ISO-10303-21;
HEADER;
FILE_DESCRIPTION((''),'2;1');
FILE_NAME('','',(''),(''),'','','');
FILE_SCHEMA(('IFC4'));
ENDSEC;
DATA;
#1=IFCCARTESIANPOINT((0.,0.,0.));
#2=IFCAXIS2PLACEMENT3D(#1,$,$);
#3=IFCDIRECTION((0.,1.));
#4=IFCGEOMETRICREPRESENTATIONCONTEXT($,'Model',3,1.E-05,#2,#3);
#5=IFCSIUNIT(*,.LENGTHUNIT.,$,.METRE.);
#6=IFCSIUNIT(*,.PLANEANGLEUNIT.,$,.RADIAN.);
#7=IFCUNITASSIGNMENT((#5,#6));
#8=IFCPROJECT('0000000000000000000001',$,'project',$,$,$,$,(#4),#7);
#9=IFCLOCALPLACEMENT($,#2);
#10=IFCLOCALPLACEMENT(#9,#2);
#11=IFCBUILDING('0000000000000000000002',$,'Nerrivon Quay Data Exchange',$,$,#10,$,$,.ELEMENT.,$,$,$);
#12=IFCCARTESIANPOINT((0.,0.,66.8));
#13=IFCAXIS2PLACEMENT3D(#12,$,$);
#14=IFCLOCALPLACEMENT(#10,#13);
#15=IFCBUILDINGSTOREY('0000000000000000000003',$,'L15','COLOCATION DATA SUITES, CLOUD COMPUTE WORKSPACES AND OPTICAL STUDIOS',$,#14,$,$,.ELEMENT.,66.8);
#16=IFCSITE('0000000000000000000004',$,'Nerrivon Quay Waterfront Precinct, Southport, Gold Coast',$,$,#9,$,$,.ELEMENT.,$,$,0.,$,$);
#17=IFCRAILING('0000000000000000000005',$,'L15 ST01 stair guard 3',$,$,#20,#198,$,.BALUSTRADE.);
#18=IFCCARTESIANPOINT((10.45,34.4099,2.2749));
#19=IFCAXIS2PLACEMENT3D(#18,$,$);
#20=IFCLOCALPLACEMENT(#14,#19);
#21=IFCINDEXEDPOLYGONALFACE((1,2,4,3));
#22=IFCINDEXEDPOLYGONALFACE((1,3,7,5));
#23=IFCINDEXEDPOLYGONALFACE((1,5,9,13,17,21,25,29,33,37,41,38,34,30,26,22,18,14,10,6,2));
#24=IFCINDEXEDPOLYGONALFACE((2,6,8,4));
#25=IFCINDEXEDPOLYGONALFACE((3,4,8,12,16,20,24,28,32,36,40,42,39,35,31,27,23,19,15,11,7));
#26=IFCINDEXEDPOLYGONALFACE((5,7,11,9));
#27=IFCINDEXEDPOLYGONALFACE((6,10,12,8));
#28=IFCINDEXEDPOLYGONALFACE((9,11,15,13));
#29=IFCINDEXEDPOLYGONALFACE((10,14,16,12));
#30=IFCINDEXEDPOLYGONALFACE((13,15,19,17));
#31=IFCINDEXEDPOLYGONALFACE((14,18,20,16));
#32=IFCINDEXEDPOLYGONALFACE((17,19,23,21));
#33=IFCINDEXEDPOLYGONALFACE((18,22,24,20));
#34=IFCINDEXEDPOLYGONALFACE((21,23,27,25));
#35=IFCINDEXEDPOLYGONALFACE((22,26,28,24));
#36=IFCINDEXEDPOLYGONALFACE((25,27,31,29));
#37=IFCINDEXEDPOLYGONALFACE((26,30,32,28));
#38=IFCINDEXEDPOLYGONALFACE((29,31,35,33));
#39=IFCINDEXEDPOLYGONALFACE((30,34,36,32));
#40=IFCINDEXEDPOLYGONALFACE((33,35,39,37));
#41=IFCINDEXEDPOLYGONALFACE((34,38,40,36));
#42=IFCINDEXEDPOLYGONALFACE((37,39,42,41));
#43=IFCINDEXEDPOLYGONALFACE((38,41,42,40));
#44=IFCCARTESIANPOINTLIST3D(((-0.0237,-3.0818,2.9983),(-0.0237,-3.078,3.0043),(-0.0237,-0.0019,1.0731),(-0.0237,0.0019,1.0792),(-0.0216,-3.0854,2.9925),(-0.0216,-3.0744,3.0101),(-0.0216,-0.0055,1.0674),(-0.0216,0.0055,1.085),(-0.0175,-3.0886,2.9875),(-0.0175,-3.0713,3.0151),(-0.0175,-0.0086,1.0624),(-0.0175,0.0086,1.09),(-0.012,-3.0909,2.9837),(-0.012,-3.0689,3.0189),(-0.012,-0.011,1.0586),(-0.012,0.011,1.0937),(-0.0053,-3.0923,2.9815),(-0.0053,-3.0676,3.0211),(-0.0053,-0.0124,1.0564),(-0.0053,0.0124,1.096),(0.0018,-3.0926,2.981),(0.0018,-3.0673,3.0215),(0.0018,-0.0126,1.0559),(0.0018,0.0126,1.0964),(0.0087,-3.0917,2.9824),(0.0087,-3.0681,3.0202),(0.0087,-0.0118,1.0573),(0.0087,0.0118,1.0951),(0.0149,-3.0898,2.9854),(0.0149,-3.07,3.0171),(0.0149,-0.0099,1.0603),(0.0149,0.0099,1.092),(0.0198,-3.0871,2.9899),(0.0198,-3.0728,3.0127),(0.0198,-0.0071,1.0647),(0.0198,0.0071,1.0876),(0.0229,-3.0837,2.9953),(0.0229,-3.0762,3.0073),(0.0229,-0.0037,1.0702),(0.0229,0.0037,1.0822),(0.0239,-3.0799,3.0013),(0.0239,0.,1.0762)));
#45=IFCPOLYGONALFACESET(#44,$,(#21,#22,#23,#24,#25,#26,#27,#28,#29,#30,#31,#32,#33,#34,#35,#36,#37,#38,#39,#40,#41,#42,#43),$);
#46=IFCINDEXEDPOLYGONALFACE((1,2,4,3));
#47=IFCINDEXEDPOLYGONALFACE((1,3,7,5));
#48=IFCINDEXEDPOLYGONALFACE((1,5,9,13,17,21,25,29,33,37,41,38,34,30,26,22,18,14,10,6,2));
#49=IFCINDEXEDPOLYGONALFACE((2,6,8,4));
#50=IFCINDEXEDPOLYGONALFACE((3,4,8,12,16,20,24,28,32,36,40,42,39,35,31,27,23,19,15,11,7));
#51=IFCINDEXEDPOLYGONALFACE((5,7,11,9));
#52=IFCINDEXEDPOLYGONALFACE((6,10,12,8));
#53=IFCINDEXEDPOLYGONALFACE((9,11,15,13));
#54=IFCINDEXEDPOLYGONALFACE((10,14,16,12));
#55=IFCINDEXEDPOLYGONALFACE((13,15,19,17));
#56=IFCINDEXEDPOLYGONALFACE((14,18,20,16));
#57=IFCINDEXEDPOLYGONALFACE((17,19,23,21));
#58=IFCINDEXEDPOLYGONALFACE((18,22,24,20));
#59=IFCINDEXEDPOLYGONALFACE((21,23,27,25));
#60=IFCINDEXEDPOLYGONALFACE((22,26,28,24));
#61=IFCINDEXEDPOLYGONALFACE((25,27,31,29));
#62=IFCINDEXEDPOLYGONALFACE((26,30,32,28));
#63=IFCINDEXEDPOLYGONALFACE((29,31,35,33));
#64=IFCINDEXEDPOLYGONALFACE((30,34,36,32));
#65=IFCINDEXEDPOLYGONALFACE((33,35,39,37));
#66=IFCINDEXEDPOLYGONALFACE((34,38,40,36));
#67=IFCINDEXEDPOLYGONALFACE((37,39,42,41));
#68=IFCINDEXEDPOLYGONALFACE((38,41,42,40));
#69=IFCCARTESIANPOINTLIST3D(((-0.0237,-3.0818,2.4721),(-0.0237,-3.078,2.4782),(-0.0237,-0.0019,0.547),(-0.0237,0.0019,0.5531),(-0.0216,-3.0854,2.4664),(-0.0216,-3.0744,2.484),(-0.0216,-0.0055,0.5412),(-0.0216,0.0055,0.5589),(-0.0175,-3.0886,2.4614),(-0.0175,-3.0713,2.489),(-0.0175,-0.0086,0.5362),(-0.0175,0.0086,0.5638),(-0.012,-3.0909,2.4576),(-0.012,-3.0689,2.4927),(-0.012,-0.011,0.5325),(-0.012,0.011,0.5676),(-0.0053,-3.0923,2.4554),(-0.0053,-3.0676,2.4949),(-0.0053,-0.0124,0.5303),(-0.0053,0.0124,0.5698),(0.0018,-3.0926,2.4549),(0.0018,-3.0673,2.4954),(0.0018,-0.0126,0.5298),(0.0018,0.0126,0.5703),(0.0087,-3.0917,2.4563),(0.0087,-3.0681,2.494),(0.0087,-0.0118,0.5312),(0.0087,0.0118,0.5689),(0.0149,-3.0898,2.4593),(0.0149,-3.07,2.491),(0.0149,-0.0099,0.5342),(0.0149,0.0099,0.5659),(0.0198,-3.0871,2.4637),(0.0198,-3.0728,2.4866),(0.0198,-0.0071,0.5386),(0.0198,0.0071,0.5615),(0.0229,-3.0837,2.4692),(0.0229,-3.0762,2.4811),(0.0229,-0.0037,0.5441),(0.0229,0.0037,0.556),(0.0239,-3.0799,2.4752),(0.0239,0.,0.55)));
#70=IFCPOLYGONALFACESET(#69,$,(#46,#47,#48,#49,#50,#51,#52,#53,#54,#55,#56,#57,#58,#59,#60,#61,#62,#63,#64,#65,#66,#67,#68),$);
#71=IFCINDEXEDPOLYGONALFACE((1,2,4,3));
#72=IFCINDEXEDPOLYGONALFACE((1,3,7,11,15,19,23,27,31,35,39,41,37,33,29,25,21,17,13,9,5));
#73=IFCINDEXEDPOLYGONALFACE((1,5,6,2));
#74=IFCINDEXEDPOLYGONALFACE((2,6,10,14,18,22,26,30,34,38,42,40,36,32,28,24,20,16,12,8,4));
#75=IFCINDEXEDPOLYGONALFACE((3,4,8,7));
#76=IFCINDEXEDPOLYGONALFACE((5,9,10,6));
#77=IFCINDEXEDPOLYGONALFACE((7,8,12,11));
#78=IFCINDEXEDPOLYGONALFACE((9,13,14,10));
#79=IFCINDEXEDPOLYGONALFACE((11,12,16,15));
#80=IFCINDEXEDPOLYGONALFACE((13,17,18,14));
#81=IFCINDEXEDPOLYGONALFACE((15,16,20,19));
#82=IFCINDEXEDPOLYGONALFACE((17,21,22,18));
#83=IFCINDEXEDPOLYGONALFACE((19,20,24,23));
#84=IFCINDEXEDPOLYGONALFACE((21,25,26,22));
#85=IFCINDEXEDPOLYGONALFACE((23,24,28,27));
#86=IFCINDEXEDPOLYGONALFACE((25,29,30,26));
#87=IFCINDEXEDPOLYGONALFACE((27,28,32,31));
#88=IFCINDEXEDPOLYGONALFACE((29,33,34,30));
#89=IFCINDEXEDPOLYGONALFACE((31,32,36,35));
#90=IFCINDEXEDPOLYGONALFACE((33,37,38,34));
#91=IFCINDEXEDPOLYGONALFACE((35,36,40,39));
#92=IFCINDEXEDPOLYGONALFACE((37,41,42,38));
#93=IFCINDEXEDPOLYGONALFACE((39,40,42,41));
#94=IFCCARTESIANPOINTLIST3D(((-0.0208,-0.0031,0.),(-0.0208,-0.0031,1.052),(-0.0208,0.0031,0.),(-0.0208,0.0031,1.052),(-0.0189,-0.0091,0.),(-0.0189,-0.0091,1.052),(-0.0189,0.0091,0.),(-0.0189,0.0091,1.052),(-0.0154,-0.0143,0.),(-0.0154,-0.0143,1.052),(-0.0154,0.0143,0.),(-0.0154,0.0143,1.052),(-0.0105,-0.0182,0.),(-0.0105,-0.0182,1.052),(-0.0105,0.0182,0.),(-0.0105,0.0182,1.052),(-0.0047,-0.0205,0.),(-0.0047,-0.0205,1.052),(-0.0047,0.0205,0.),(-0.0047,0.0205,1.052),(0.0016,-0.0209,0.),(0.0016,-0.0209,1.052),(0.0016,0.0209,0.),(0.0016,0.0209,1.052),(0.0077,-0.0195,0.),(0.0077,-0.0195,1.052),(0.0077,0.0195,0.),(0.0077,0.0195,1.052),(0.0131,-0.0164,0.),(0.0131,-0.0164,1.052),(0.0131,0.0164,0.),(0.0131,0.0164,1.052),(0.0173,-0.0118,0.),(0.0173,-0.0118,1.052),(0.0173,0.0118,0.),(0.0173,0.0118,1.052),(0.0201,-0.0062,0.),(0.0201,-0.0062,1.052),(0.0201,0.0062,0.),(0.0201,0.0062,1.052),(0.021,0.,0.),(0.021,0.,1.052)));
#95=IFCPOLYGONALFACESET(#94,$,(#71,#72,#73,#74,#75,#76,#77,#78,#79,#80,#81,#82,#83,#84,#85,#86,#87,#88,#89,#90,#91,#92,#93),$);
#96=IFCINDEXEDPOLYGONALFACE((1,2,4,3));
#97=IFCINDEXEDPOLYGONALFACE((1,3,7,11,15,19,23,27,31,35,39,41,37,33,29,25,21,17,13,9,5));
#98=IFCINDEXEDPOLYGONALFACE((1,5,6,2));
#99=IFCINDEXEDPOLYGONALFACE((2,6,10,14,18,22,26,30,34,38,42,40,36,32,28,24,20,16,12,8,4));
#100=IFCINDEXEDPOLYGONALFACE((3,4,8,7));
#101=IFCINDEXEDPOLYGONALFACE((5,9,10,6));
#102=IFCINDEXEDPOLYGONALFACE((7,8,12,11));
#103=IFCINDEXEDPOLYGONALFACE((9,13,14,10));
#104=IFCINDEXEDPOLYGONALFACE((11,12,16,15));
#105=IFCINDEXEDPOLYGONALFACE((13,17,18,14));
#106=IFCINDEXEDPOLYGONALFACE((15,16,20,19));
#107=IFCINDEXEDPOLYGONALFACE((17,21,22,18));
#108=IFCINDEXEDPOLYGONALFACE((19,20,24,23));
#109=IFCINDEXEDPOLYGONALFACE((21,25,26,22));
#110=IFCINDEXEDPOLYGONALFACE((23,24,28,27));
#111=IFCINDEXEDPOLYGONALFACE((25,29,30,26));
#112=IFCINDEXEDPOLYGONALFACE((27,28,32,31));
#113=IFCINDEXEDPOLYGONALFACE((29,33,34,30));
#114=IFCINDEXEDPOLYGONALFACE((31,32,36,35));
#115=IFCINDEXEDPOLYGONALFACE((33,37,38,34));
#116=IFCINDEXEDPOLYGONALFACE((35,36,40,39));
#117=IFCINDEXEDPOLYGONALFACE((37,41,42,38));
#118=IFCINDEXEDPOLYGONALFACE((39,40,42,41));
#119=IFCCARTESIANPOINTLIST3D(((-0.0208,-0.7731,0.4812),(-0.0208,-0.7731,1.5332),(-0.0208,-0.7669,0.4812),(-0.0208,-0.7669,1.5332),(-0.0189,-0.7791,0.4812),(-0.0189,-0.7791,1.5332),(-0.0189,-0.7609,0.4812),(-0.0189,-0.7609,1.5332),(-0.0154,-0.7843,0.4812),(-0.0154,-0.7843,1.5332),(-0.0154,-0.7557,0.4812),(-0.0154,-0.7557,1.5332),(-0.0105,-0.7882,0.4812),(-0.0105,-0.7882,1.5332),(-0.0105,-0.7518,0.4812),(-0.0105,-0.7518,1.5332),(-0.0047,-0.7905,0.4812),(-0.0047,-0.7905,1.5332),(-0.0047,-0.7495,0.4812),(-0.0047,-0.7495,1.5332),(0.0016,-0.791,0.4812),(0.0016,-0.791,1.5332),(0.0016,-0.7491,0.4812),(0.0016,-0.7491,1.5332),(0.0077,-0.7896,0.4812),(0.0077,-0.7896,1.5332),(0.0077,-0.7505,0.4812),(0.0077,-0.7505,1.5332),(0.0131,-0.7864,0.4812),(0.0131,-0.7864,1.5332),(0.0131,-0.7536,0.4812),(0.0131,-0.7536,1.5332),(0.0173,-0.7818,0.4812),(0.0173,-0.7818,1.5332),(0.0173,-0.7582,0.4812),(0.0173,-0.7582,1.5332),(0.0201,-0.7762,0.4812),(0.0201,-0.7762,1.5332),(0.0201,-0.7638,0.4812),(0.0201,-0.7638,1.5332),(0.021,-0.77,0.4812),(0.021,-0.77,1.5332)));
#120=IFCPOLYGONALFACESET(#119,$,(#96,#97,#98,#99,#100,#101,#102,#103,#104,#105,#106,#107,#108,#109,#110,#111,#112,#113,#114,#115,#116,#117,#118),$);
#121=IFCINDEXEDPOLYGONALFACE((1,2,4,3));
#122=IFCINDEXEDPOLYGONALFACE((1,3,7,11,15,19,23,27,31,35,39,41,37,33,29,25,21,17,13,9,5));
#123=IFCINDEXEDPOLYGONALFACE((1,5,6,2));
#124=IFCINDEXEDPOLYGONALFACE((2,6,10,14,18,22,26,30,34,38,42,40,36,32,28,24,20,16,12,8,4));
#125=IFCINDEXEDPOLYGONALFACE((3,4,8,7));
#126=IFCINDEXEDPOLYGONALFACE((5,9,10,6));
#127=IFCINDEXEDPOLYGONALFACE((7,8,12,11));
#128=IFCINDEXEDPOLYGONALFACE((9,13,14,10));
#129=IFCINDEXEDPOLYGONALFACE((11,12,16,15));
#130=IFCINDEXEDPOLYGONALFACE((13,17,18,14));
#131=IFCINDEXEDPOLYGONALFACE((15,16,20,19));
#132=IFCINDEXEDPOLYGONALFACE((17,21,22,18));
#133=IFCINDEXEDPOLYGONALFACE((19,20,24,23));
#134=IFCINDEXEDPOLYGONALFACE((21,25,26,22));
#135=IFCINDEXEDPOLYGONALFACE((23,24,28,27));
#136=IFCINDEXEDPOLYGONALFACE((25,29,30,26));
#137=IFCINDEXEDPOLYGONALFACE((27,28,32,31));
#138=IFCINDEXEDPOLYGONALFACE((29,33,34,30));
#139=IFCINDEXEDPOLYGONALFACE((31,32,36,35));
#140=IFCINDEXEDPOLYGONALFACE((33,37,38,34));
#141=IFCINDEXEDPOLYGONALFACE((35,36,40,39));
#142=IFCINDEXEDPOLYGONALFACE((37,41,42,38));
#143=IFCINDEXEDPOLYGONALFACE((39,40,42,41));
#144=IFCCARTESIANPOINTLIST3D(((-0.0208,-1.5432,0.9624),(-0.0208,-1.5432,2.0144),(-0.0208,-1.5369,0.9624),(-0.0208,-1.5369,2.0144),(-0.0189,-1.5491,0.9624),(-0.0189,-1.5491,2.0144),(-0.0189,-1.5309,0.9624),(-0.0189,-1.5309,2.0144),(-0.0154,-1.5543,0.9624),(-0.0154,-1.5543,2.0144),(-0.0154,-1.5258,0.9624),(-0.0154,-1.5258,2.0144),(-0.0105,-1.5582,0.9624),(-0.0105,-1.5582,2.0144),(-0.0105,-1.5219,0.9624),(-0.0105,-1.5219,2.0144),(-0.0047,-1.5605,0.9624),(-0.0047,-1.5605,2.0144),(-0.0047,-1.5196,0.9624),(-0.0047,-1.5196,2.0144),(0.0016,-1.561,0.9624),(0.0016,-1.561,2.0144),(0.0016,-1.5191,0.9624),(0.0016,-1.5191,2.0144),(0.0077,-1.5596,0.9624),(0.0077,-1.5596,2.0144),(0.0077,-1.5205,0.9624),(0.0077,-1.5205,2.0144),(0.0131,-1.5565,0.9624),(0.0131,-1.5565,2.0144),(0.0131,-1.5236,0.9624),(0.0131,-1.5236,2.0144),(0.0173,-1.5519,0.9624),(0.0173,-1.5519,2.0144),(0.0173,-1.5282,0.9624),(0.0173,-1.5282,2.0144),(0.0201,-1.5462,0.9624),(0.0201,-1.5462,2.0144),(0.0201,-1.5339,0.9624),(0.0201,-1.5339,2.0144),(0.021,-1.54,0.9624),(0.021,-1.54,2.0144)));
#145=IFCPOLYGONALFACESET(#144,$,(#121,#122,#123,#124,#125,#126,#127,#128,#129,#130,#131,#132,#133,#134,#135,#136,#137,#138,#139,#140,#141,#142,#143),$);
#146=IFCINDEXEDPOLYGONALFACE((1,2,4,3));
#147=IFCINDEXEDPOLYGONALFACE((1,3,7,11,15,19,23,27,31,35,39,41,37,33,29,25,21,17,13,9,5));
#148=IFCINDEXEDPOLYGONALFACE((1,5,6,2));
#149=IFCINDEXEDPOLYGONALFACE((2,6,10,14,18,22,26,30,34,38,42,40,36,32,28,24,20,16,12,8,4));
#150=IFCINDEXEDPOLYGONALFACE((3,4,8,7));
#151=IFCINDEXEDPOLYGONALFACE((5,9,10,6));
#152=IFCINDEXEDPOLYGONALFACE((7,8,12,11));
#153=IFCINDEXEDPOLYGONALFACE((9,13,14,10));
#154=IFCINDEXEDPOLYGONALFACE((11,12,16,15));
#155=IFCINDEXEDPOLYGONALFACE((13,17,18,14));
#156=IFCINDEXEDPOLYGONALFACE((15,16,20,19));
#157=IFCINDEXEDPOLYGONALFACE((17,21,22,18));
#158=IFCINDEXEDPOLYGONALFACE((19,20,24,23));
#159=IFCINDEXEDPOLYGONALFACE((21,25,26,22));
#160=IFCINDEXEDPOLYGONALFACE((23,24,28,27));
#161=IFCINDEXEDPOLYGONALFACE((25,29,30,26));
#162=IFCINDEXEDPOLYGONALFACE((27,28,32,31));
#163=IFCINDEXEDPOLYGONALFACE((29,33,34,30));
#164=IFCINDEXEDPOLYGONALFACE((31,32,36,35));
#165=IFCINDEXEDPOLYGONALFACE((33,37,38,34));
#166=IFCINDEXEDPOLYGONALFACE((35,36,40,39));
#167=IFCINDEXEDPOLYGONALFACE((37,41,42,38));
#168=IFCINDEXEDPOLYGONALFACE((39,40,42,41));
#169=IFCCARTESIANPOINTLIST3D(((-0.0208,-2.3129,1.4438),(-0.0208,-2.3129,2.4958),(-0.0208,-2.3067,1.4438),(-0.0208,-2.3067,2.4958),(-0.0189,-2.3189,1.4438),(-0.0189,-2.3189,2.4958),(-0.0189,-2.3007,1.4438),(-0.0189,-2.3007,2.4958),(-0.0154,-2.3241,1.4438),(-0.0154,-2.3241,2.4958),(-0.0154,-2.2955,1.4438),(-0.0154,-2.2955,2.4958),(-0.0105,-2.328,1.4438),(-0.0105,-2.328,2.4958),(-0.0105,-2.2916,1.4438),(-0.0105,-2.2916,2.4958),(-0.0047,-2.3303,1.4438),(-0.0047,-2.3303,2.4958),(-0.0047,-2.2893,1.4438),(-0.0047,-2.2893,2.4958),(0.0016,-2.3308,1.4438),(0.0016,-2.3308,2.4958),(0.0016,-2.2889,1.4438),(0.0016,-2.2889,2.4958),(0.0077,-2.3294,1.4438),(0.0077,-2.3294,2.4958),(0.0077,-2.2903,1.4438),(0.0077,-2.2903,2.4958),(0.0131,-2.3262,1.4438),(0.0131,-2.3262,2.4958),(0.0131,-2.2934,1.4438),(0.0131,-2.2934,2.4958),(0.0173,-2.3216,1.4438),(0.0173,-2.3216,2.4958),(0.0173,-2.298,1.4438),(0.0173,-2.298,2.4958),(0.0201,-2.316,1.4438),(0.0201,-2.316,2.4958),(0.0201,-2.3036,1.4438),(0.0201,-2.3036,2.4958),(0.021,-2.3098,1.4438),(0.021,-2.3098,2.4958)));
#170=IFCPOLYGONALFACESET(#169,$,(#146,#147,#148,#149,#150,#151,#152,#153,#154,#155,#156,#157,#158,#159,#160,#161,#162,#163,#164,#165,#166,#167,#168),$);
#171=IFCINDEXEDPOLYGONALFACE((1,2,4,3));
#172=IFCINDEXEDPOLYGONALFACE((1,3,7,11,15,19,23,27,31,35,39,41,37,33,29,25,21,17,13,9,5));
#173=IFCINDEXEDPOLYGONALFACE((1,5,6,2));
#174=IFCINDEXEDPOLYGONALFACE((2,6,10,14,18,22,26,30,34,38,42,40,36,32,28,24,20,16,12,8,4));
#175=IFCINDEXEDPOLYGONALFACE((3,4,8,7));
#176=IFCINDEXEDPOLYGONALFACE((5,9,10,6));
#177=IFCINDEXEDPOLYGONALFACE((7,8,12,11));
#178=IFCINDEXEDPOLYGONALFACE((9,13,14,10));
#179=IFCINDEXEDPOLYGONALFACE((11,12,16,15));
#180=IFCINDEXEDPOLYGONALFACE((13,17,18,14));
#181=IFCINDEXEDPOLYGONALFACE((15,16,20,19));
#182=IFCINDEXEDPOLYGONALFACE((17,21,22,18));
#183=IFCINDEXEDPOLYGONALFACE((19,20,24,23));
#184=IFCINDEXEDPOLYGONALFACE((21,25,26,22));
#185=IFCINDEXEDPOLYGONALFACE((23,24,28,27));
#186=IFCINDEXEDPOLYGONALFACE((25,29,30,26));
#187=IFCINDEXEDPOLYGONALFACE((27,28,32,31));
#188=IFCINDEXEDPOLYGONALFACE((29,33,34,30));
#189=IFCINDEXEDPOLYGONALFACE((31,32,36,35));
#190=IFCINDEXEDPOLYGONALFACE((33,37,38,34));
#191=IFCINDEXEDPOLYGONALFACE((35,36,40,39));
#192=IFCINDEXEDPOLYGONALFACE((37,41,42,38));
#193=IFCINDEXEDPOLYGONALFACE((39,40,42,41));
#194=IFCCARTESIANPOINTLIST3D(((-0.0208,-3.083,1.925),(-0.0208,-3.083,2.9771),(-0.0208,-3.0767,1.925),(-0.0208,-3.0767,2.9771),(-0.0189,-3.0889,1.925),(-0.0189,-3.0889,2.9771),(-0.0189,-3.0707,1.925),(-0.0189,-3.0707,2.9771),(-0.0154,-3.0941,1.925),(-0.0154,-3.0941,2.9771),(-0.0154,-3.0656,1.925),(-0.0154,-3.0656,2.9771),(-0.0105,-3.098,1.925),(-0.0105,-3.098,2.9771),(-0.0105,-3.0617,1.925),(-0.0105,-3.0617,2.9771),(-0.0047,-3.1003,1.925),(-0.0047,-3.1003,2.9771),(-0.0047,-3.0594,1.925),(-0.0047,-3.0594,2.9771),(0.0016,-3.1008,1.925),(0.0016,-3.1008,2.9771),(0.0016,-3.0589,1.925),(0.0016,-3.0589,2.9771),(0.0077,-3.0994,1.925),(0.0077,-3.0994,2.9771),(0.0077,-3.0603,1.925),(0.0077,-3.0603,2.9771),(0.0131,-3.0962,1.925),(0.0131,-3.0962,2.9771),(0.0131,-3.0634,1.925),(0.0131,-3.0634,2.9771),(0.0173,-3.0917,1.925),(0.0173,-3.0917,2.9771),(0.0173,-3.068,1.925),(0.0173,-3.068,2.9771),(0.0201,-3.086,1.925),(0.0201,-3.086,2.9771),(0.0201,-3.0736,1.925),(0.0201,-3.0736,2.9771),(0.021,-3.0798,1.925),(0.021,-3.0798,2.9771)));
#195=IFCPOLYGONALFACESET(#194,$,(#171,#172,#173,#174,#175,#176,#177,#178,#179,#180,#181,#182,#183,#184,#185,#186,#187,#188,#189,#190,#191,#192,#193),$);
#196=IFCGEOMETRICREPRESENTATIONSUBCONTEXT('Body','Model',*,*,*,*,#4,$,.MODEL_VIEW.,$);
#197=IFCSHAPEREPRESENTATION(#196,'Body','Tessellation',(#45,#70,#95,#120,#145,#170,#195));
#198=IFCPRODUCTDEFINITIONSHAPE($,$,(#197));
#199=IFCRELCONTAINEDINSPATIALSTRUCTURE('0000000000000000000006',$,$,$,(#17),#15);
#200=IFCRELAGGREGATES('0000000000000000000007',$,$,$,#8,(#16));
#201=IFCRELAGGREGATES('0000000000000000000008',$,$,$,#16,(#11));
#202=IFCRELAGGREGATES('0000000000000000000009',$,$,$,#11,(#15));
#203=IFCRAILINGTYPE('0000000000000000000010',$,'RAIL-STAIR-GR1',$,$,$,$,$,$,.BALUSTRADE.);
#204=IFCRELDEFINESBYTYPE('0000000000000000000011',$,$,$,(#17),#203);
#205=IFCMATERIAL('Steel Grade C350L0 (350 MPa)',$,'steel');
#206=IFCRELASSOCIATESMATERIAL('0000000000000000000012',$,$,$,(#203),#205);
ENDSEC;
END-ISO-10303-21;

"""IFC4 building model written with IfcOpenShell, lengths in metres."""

from ifc_helpers import new_model, si_unit, direction, frame, origin, origin_2d, place, context, subcontext, project, spatial, circle, extrude, material, type_object, element, save


model = new_model("IFC4")

# Units and contexts
model_context = context("Model", 3, precision=1e-05, world=origin(), true_north=direction((0.0, 1.0)))
body_context = subcontext(model_context, "Body", "Model", "MODEL_VIEW")
ifc_project = project(units=[si_unit("LENGTHUNIT", "METRE"), si_unit("PLANEANGLEUNIT", "RADIAN")], contexts=[model_context])

# Site, building, storey
site_placement = place(None, origin())
site = spatial("IfcSite", under=ifc_project, at=site_placement, Name="Nerrivon Quay Waterfront Precinct, Southport, Gold Coast", CompositionType="ELEMENT", RefElevation=0.0)
building_placement = place(site_placement, origin())
building = spatial("IfcBuilding", under=site, at=building_placement, Name="Nerrivon Quay Data Exchange", CompositionType="ELEMENT")
storey_placement = place(building_placement, frame((0.0, 0.0, 66.8)))
storey = spatial("IfcBuildingStorey", under=building, at=storey_placement, Name="L15", Description="COLOCATION DATA SUITES, CLOUD COMPUTE WORKSPACES AND OPTICAL STUDIOS", CompositionType="ELEMENT", Elevation=66.8)

# Railing
ifc_material_1 = material(Name="Steel Grade C350L0 (350 MPa)", Category="steel")
railing_type_1 = type_object("IfcRailingType", Name="RAIL-STAIR-GR1", PredefinedType="BALUSTRADE", material=ifc_material_1)
railing_1_placement = place(storey_placement, frame((10.45, 34.4099, 2.2749)))
element("IfcRailing", 1, at=railing_1_placement, inside=storey, type_object=railing_type_1, Name="L15 ST01 stair guard 3", PredefinedType="BALUSTRADE", context=body_context, shape_type="SweptSolid", body=[
    extrude(circle(Radius=0.0239, at=origin_2d()), frame((0.0, 0.0, 1.0762), z_axis=(0.0, -0.847979, 0.530029), x_axis=(1.0, 0.0, 0.0)), (0.0, 0.0, 1.0), 3.6321),
    extrude(circle(Radius=0.0239, at=origin_2d()), frame((0.0, 0.0, 0.55), z_axis=(0.0, -0.847979, 0.530029), x_axis=(1.0, 0.0, 0.0)), (0.0, 0.0, 1.0), 3.6321),
    extrude(circle(Radius=0.021, at=origin_2d()), origin(), (0.0, 0.0, 1.0), 1.052),
    extrude(circle(Radius=0.021, at=origin_2d()), frame((0.0, -0.77, 0.4812)), (0.0, 0.0, 1.0), 1.052),
    extrude(circle(Radius=0.021, at=origin_2d()), frame((0.0, -1.54, 0.9624)), (0.0, 0.0, 1.0), 1.052),
    extrude(circle(Radius=0.021, at=origin_2d()), frame((0.0, -2.3098, 1.4438)), (0.0, 0.0, 1.0), 1.052),
    extrude(circle(Radius=0.021, at=origin_2d()), frame((0.0, -3.0798, 1.925)), (0.0, 0.0, 1.0), 1.052),
])

save(model, "model.ifc")
